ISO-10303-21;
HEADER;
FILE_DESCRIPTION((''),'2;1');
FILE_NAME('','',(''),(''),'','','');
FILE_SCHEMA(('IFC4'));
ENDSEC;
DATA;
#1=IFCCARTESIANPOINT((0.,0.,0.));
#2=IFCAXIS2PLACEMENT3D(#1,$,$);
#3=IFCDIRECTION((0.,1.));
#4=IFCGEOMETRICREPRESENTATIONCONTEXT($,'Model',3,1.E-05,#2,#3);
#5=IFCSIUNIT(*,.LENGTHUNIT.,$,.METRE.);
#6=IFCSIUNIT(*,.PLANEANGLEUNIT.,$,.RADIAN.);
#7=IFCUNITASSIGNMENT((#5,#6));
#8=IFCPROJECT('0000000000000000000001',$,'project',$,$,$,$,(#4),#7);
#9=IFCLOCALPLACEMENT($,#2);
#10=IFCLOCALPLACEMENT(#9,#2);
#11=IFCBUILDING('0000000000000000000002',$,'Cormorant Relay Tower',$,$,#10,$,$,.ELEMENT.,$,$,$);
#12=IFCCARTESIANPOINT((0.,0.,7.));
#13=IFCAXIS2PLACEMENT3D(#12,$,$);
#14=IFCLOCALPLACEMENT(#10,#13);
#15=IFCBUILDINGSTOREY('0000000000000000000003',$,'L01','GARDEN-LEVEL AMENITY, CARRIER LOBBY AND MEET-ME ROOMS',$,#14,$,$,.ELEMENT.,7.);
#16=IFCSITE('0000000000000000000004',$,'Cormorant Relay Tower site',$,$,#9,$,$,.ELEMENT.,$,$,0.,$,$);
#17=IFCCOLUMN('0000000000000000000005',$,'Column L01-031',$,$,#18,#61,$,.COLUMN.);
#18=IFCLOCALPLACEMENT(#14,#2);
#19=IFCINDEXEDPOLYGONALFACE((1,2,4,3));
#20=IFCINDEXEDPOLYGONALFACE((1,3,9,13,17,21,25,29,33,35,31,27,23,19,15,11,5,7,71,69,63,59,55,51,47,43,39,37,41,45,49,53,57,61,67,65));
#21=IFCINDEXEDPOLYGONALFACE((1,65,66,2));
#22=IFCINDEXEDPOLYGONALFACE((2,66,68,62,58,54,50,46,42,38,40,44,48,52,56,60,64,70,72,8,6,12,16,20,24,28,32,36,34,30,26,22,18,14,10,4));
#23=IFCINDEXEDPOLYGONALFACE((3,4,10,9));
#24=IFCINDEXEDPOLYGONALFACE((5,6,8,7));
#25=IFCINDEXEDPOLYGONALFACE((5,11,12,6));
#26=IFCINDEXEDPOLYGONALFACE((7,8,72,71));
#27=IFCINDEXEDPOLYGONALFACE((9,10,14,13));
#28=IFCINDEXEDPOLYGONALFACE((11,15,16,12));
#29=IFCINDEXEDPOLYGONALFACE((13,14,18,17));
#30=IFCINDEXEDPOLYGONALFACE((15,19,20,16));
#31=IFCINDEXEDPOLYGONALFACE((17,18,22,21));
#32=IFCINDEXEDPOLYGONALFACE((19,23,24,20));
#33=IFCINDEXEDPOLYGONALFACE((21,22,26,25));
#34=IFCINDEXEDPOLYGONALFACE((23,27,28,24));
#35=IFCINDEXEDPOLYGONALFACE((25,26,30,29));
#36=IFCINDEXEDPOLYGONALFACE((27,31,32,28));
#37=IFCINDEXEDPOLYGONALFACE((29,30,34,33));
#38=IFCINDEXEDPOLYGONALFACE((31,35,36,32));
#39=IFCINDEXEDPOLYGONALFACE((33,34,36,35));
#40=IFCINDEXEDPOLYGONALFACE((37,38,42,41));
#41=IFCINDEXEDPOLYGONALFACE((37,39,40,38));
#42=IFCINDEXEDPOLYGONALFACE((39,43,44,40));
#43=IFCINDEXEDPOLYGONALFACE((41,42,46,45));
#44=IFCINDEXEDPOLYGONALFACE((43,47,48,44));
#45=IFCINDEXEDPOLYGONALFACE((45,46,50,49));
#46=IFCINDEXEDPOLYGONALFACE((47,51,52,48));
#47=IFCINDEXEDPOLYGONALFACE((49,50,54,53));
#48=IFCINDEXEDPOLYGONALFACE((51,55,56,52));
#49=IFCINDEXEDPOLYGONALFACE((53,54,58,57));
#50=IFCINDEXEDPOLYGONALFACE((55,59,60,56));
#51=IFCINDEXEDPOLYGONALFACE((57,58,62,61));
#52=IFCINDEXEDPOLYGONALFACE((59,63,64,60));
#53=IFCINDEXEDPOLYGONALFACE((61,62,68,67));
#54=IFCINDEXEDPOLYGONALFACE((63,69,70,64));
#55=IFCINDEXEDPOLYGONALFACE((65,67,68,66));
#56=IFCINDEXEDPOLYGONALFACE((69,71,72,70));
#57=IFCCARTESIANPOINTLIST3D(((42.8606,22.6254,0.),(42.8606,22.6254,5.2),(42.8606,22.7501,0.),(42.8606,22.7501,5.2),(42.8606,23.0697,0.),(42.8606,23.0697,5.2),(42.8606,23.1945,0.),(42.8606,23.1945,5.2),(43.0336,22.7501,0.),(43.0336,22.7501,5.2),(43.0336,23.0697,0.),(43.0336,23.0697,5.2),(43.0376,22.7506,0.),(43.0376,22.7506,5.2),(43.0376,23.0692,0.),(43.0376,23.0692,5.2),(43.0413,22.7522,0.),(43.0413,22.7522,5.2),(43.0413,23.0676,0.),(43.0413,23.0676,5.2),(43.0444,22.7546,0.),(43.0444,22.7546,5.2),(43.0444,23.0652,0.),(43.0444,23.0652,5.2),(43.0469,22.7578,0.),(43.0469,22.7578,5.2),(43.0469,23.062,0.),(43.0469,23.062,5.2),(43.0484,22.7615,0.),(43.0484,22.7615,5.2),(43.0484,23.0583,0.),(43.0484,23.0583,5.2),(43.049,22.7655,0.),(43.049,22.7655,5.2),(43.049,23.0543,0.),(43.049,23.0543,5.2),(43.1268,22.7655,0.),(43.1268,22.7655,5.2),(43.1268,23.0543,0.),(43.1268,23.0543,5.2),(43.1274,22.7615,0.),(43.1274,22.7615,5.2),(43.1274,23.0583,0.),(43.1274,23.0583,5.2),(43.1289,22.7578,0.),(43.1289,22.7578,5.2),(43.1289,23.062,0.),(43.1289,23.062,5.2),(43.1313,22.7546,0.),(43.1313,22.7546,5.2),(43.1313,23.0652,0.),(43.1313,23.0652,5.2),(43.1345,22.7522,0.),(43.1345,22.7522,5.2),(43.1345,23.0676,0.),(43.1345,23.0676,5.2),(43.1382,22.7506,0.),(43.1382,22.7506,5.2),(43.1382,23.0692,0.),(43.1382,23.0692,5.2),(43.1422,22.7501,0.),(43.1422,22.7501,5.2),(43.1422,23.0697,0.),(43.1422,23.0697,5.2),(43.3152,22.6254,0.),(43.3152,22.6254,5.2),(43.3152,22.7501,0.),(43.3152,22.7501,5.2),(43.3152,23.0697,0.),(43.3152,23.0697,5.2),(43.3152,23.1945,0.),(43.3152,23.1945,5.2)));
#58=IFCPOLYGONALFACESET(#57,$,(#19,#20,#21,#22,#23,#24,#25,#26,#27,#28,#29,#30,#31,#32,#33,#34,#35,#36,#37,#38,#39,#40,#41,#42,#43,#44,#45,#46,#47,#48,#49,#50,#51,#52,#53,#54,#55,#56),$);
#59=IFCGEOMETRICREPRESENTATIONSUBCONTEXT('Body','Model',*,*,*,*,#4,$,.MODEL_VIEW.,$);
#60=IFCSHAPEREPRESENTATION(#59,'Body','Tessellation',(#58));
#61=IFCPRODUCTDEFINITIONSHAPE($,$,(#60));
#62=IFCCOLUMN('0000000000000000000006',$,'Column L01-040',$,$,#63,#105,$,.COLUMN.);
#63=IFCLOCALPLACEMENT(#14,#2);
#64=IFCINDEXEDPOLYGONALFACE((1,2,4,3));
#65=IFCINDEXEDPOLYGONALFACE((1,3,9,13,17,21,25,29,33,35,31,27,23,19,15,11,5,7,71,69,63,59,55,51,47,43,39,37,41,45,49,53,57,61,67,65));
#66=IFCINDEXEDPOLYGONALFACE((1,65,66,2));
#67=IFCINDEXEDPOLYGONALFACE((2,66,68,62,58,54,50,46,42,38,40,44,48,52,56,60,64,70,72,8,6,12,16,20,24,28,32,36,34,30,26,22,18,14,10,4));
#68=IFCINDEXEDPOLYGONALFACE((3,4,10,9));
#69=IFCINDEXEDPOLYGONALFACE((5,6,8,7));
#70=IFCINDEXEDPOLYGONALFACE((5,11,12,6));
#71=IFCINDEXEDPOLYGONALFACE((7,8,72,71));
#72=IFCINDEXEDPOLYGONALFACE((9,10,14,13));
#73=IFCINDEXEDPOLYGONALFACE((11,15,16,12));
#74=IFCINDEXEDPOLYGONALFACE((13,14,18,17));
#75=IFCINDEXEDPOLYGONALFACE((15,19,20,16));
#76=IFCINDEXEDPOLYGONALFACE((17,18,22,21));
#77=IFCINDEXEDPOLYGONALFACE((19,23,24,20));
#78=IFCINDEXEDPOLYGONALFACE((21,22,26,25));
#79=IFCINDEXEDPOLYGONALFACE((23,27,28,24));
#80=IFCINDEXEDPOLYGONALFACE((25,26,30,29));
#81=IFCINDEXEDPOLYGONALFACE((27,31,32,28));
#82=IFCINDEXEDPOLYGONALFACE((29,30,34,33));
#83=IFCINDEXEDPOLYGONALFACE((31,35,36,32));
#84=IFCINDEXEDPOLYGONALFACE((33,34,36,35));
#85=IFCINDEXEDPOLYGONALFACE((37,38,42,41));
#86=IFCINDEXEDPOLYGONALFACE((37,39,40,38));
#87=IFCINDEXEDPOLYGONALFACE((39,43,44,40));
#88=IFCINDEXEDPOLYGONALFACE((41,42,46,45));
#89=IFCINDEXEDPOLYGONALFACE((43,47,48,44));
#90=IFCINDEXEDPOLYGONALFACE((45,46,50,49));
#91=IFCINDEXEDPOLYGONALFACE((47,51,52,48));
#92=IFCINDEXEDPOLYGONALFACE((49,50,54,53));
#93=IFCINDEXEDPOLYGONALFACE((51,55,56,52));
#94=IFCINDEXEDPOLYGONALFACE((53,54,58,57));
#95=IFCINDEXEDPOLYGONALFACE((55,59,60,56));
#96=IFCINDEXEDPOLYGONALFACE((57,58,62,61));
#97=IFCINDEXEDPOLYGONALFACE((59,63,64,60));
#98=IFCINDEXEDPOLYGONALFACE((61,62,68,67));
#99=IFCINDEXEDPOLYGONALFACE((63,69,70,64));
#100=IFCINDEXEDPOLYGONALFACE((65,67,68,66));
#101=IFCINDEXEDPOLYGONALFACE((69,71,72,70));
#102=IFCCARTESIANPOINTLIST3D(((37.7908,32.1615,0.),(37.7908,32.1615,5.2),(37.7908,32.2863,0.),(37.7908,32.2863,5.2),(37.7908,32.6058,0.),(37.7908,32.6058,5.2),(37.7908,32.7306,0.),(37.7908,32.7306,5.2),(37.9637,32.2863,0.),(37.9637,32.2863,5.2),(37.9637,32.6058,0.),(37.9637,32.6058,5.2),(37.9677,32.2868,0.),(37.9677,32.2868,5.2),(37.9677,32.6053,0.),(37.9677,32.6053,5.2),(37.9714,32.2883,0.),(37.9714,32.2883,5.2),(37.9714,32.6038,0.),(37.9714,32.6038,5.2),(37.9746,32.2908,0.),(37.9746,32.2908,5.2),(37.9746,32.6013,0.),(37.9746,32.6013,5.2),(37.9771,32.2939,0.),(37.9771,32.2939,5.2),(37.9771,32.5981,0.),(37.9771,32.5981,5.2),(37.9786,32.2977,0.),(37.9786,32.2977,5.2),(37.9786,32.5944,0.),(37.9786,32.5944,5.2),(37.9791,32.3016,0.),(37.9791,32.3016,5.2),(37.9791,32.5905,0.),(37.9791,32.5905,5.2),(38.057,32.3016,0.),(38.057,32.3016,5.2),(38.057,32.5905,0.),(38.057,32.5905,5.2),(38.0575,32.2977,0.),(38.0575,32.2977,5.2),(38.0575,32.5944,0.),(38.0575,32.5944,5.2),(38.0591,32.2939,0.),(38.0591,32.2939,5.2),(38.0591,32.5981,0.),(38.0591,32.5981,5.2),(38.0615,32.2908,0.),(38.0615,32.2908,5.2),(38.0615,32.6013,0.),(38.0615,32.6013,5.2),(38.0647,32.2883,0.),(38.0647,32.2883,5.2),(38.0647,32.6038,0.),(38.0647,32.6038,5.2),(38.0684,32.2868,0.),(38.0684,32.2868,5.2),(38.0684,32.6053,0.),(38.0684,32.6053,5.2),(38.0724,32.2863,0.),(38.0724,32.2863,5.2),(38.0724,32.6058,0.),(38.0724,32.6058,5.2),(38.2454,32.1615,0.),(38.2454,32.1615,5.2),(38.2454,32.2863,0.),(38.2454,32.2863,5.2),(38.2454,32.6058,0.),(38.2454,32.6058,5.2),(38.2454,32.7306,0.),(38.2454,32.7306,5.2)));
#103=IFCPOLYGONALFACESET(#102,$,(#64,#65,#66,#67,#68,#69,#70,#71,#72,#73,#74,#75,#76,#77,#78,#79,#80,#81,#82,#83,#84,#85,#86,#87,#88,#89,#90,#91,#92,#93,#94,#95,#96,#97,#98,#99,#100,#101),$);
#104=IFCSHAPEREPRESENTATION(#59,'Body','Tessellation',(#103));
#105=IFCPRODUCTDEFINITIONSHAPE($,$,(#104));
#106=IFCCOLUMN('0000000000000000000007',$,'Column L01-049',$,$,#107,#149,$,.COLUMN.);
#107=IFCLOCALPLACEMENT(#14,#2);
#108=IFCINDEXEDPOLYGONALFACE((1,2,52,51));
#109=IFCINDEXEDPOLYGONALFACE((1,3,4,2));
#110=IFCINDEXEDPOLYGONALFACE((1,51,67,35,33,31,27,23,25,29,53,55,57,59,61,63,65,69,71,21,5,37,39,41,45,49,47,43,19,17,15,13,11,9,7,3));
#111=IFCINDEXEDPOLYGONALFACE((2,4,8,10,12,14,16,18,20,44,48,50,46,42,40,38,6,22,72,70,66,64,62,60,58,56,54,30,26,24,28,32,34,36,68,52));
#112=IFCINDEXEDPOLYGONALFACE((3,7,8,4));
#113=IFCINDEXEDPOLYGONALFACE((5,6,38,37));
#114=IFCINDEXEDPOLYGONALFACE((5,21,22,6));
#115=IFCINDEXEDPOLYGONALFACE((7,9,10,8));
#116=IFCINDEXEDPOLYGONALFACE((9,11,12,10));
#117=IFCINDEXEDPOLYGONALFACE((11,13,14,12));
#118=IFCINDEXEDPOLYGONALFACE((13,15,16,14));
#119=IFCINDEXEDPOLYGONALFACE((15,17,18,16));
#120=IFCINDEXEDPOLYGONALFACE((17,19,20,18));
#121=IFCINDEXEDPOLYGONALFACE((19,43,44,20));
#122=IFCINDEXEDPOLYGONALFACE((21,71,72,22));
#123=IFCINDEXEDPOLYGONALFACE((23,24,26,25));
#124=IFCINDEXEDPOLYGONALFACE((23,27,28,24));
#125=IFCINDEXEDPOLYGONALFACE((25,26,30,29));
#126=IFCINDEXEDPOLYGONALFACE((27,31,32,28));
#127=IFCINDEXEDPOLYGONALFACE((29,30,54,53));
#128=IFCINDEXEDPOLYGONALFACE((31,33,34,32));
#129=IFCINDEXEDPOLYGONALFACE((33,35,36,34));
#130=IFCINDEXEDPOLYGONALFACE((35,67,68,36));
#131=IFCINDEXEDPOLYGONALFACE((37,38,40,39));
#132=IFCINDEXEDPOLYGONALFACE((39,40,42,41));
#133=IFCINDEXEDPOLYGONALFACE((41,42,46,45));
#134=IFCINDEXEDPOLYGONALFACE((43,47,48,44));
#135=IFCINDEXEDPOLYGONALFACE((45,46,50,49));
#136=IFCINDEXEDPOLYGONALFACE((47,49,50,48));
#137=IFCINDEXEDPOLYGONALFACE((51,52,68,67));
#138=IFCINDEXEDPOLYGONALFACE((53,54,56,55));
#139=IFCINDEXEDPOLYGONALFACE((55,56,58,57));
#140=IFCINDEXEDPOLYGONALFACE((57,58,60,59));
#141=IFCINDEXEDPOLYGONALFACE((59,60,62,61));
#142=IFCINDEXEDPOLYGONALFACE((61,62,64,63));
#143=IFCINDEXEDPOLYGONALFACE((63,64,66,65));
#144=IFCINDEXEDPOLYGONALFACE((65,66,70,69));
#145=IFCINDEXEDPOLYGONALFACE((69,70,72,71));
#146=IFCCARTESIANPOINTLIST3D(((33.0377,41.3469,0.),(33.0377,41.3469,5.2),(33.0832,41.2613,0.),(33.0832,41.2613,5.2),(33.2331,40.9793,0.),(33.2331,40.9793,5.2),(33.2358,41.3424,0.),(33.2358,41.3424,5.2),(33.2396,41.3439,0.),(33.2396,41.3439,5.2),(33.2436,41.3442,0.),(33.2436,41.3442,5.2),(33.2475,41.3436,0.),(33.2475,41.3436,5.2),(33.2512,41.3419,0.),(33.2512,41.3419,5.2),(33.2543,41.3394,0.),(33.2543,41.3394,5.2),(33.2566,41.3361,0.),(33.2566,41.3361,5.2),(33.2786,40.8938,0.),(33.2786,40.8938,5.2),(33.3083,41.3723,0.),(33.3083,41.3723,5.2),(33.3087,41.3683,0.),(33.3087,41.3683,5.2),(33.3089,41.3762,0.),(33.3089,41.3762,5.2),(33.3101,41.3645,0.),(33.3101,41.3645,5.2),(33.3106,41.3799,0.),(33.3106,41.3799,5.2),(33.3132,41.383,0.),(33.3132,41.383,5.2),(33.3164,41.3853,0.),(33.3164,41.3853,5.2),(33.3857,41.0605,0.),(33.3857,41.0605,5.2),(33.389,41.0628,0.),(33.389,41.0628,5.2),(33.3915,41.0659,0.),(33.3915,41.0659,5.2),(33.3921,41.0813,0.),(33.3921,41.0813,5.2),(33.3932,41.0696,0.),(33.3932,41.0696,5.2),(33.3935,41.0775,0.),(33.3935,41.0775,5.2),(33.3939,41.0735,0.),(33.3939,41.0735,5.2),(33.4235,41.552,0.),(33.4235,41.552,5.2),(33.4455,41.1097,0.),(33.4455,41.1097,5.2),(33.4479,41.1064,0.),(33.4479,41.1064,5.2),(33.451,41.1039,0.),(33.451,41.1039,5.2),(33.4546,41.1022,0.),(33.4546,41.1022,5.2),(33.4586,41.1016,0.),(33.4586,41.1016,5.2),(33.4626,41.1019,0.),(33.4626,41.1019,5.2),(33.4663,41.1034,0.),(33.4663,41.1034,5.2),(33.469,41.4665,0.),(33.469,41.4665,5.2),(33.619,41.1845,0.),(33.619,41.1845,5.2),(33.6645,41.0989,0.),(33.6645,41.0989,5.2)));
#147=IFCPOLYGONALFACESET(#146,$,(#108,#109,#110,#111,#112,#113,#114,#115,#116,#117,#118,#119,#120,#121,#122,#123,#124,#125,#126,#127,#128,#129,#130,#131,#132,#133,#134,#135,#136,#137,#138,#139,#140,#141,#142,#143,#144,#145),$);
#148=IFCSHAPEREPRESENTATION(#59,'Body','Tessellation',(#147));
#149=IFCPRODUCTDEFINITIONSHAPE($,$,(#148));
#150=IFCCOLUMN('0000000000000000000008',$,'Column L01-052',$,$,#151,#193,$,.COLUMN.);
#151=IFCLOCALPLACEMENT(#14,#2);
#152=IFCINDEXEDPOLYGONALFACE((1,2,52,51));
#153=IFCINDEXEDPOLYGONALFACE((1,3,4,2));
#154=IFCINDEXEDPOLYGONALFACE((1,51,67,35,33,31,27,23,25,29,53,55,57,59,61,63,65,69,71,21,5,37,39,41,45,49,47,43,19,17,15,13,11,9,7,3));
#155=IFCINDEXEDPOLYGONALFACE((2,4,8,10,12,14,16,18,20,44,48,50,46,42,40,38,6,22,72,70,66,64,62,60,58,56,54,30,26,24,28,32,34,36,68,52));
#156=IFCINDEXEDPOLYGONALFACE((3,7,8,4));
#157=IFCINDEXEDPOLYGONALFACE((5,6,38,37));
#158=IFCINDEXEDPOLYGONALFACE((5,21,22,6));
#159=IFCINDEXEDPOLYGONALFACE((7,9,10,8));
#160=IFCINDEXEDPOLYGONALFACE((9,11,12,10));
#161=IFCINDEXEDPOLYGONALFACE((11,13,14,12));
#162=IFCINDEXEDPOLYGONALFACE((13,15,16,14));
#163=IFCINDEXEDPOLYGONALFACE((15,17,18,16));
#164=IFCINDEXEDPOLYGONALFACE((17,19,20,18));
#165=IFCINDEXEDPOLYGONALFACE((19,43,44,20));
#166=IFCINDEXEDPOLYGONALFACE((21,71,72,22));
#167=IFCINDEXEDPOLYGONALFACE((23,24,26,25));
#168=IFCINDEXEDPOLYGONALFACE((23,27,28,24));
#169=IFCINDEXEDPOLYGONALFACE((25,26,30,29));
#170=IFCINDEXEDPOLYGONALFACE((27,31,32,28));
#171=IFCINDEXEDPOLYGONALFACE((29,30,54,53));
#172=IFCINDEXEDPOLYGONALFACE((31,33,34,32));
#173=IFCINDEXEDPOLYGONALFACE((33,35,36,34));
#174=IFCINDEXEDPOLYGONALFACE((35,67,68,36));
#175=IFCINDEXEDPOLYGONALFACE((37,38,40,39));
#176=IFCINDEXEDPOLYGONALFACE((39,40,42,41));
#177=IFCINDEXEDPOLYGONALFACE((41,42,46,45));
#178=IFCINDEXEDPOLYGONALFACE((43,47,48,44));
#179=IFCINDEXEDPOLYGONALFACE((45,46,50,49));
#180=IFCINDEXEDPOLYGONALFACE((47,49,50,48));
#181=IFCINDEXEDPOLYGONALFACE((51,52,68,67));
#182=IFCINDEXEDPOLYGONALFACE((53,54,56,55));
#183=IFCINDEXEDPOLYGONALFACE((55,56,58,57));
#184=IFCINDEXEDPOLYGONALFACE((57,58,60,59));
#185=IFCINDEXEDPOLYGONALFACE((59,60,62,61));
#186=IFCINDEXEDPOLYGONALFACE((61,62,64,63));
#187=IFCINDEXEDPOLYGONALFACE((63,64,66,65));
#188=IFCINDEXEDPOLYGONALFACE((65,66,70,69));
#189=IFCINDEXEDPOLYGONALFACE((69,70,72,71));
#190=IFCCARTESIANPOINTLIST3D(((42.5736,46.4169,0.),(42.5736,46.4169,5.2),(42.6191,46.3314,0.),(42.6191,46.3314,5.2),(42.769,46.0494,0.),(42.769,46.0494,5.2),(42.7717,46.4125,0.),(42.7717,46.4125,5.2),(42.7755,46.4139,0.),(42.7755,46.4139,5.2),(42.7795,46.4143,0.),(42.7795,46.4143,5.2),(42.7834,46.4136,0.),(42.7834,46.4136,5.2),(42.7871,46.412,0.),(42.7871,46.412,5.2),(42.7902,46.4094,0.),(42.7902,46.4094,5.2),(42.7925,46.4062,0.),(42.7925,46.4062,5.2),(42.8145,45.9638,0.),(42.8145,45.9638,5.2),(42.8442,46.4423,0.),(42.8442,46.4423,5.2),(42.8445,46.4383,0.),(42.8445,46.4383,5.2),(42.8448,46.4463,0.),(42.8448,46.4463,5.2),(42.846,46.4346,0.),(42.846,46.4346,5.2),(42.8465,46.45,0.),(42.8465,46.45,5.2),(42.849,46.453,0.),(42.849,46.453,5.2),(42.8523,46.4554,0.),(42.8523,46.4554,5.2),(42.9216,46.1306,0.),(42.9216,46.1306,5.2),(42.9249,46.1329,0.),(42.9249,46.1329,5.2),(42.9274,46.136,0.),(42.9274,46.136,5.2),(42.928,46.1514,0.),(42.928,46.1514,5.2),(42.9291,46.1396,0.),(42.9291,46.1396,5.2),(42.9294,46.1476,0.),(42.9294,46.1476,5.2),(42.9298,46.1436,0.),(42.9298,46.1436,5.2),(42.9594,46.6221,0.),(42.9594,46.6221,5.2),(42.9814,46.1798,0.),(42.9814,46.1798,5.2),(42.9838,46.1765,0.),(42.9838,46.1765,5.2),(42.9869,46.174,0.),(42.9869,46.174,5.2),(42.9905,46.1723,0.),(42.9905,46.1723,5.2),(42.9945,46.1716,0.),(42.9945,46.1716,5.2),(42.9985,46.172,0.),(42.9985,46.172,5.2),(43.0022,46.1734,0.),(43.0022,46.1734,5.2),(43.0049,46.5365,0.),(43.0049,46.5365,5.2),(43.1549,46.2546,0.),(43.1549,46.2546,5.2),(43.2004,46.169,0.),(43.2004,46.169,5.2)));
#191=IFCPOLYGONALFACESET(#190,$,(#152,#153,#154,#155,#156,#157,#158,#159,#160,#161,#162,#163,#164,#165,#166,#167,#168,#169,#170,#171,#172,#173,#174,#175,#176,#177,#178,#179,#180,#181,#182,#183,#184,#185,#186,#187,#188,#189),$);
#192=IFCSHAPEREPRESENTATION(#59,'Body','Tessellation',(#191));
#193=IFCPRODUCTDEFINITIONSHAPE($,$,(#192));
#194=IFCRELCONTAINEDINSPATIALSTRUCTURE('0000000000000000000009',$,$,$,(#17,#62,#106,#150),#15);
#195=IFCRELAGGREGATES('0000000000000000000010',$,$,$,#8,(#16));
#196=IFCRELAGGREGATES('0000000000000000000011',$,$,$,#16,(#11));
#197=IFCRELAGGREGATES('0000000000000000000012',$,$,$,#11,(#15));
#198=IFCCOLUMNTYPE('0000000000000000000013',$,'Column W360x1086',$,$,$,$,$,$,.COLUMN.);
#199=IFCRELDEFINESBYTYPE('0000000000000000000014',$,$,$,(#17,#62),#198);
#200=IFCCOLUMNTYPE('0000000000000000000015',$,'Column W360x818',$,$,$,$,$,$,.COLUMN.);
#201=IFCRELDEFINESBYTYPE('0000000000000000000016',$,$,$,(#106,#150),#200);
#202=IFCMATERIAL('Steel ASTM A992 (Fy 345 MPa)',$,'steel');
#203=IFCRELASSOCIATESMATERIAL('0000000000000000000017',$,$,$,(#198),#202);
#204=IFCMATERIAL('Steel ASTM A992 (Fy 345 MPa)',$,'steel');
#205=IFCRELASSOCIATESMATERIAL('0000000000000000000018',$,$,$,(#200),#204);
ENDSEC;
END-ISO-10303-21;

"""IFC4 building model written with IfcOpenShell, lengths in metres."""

from ifc_helpers import new_model, si_unit, direction, frame, origin, origin_2d, place, context, subcontext, project, spatial, i_section, extrude, material, material_profile, profile_set, type_object, element, save


model = new_model("IFC4")

# Units and contexts
model_context = context("Model", 3, precision=1e-05, world=origin(), true_north=direction((0.0, 1.0)))
body_context = subcontext(model_context, "Body", "Model", "MODEL_VIEW")
ifc_project = project(units=[si_unit("LENGTHUNIT", "METRE"), si_unit("PLANEANGLEUNIT", "RADIAN")], contexts=[model_context])

# Site, building, storey
site_placement = place(None, origin())
site = spatial("IfcSite", under=ifc_project, at=site_placement, Name="Cormorant Relay Tower site", CompositionType="ELEMENT", RefElevation=0.0)
building_placement = place(site_placement, origin())
building = spatial("IfcBuilding", under=site, at=building_placement, Name="Cormorant Relay Tower", CompositionType="ELEMENT")
storey_placement = place(building_placement, frame((0.0, 0.0, 7.0)))
storey = spatial("IfcBuildingStorey", under=building, at=storey_placement, Name="L01", Description="GARDEN-LEVEL AMENITY, CARRIER LOBBY AND MEET-ME ROOMS", CompositionType="ELEMENT", Elevation=7.0)

# Columns
ifc_material_1 = material(Name="Steel ASTM A992 (Fy 345 MPa)", Category="steel")
ifc_material_profile_1 = material_profile(ifc_material_1, i_section(OverallWidth=0.4546, OverallDepth=0.5691, WebThickness=0.0779, FlangeThickness=0.1248, FilletRadius=0.0154, at=origin_2d()), Name="W360x1086")
ifc_profile_set_1 = profile_set([ifc_material_profile_1], Name="Steel ASTM A992 (Fy 345 MPa)")
column_type_1 = type_object("IfcColumnType", Name="Column W360x1086", PredefinedType="COLUMN", material=ifc_profile_set_1)
for number, where, z_axis, x_axis, name in (
    (1, (43.0879, 22.9099, 0.0), (0.0, 0.0, 1.0), (1.0, 0.0, 0.0), "Column L01-031"),
    (2, (38.0181, 32.446, 0.0), (0.0, 0.0, 1.0), (1.0, 0.0, 0.0), "Column L01-040"),
):
    element("IfcColumn", number, at=place(storey_placement, frame(where, z_axis=z_axis, x_axis=x_axis)), inside=storey, type_object=column_type_1, Name=name, PredefinedType="COLUMN", context=body_context, shape_type="SweptSolid", body=[
        extrude(i_section(OverallWidth=0.4546, OverallDepth=0.5691, WebThickness=0.0779, FlangeThickness=0.1248, FilletRadius=0.0154, at=origin_2d()), origin(), (0.0, 0.0, 1.0), 5.2),
    ])
ifc_material_2 = material(Name="Steel ASTM A992 (Fy 345 MPa)", Category="steel")
ifc_material_profile_2 = material_profile(ifc_material_2, i_section(OverallWidth=0.437, OverallDepth=0.5132, WebThickness=0.0605, FlangeThickness=0.0969, FilletRadius=0.0154, at=origin_2d()), Name="W360x818")
ifc_profile_set_2 = profile_set([ifc_material_profile_2], Name="Steel ASTM A992 (Fy 345 MPa)")
column_type_2 = type_object("IfcColumnType", Name="Column W360x818", PredefinedType="COLUMN", material=ifc_profile_set_2)
for number, where, z_axis, x_axis, name in (
    (3, (33.3511, 41.2229, 0.0), (0.0, 0.0, 1.0), (-0.882948, -0.469472, 0.0), "Column L01-049"),
    (4, (42.887, 46.293, 0.0), (0.0, 0.0, 1.0), (-0.882948, -0.469472, 0.0), "Column L01-052"),
):
    element("IfcColumn", number, at=place(storey_placement, frame(where, z_axis=z_axis, x_axis=x_axis)), inside=storey, type_object=column_type_2, Name=name, PredefinedType="COLUMN", context=body_context, shape_type="SweptSolid", body=[
        extrude(i_section(OverallWidth=0.437, OverallDepth=0.5132, WebThickness=0.0605, FlangeThickness=0.0969, FilletRadius=0.0154, at=origin_2d()), origin(), (0.0, 0.0, 1.0), 5.2),
    ])

save(model, "model.ifc")
